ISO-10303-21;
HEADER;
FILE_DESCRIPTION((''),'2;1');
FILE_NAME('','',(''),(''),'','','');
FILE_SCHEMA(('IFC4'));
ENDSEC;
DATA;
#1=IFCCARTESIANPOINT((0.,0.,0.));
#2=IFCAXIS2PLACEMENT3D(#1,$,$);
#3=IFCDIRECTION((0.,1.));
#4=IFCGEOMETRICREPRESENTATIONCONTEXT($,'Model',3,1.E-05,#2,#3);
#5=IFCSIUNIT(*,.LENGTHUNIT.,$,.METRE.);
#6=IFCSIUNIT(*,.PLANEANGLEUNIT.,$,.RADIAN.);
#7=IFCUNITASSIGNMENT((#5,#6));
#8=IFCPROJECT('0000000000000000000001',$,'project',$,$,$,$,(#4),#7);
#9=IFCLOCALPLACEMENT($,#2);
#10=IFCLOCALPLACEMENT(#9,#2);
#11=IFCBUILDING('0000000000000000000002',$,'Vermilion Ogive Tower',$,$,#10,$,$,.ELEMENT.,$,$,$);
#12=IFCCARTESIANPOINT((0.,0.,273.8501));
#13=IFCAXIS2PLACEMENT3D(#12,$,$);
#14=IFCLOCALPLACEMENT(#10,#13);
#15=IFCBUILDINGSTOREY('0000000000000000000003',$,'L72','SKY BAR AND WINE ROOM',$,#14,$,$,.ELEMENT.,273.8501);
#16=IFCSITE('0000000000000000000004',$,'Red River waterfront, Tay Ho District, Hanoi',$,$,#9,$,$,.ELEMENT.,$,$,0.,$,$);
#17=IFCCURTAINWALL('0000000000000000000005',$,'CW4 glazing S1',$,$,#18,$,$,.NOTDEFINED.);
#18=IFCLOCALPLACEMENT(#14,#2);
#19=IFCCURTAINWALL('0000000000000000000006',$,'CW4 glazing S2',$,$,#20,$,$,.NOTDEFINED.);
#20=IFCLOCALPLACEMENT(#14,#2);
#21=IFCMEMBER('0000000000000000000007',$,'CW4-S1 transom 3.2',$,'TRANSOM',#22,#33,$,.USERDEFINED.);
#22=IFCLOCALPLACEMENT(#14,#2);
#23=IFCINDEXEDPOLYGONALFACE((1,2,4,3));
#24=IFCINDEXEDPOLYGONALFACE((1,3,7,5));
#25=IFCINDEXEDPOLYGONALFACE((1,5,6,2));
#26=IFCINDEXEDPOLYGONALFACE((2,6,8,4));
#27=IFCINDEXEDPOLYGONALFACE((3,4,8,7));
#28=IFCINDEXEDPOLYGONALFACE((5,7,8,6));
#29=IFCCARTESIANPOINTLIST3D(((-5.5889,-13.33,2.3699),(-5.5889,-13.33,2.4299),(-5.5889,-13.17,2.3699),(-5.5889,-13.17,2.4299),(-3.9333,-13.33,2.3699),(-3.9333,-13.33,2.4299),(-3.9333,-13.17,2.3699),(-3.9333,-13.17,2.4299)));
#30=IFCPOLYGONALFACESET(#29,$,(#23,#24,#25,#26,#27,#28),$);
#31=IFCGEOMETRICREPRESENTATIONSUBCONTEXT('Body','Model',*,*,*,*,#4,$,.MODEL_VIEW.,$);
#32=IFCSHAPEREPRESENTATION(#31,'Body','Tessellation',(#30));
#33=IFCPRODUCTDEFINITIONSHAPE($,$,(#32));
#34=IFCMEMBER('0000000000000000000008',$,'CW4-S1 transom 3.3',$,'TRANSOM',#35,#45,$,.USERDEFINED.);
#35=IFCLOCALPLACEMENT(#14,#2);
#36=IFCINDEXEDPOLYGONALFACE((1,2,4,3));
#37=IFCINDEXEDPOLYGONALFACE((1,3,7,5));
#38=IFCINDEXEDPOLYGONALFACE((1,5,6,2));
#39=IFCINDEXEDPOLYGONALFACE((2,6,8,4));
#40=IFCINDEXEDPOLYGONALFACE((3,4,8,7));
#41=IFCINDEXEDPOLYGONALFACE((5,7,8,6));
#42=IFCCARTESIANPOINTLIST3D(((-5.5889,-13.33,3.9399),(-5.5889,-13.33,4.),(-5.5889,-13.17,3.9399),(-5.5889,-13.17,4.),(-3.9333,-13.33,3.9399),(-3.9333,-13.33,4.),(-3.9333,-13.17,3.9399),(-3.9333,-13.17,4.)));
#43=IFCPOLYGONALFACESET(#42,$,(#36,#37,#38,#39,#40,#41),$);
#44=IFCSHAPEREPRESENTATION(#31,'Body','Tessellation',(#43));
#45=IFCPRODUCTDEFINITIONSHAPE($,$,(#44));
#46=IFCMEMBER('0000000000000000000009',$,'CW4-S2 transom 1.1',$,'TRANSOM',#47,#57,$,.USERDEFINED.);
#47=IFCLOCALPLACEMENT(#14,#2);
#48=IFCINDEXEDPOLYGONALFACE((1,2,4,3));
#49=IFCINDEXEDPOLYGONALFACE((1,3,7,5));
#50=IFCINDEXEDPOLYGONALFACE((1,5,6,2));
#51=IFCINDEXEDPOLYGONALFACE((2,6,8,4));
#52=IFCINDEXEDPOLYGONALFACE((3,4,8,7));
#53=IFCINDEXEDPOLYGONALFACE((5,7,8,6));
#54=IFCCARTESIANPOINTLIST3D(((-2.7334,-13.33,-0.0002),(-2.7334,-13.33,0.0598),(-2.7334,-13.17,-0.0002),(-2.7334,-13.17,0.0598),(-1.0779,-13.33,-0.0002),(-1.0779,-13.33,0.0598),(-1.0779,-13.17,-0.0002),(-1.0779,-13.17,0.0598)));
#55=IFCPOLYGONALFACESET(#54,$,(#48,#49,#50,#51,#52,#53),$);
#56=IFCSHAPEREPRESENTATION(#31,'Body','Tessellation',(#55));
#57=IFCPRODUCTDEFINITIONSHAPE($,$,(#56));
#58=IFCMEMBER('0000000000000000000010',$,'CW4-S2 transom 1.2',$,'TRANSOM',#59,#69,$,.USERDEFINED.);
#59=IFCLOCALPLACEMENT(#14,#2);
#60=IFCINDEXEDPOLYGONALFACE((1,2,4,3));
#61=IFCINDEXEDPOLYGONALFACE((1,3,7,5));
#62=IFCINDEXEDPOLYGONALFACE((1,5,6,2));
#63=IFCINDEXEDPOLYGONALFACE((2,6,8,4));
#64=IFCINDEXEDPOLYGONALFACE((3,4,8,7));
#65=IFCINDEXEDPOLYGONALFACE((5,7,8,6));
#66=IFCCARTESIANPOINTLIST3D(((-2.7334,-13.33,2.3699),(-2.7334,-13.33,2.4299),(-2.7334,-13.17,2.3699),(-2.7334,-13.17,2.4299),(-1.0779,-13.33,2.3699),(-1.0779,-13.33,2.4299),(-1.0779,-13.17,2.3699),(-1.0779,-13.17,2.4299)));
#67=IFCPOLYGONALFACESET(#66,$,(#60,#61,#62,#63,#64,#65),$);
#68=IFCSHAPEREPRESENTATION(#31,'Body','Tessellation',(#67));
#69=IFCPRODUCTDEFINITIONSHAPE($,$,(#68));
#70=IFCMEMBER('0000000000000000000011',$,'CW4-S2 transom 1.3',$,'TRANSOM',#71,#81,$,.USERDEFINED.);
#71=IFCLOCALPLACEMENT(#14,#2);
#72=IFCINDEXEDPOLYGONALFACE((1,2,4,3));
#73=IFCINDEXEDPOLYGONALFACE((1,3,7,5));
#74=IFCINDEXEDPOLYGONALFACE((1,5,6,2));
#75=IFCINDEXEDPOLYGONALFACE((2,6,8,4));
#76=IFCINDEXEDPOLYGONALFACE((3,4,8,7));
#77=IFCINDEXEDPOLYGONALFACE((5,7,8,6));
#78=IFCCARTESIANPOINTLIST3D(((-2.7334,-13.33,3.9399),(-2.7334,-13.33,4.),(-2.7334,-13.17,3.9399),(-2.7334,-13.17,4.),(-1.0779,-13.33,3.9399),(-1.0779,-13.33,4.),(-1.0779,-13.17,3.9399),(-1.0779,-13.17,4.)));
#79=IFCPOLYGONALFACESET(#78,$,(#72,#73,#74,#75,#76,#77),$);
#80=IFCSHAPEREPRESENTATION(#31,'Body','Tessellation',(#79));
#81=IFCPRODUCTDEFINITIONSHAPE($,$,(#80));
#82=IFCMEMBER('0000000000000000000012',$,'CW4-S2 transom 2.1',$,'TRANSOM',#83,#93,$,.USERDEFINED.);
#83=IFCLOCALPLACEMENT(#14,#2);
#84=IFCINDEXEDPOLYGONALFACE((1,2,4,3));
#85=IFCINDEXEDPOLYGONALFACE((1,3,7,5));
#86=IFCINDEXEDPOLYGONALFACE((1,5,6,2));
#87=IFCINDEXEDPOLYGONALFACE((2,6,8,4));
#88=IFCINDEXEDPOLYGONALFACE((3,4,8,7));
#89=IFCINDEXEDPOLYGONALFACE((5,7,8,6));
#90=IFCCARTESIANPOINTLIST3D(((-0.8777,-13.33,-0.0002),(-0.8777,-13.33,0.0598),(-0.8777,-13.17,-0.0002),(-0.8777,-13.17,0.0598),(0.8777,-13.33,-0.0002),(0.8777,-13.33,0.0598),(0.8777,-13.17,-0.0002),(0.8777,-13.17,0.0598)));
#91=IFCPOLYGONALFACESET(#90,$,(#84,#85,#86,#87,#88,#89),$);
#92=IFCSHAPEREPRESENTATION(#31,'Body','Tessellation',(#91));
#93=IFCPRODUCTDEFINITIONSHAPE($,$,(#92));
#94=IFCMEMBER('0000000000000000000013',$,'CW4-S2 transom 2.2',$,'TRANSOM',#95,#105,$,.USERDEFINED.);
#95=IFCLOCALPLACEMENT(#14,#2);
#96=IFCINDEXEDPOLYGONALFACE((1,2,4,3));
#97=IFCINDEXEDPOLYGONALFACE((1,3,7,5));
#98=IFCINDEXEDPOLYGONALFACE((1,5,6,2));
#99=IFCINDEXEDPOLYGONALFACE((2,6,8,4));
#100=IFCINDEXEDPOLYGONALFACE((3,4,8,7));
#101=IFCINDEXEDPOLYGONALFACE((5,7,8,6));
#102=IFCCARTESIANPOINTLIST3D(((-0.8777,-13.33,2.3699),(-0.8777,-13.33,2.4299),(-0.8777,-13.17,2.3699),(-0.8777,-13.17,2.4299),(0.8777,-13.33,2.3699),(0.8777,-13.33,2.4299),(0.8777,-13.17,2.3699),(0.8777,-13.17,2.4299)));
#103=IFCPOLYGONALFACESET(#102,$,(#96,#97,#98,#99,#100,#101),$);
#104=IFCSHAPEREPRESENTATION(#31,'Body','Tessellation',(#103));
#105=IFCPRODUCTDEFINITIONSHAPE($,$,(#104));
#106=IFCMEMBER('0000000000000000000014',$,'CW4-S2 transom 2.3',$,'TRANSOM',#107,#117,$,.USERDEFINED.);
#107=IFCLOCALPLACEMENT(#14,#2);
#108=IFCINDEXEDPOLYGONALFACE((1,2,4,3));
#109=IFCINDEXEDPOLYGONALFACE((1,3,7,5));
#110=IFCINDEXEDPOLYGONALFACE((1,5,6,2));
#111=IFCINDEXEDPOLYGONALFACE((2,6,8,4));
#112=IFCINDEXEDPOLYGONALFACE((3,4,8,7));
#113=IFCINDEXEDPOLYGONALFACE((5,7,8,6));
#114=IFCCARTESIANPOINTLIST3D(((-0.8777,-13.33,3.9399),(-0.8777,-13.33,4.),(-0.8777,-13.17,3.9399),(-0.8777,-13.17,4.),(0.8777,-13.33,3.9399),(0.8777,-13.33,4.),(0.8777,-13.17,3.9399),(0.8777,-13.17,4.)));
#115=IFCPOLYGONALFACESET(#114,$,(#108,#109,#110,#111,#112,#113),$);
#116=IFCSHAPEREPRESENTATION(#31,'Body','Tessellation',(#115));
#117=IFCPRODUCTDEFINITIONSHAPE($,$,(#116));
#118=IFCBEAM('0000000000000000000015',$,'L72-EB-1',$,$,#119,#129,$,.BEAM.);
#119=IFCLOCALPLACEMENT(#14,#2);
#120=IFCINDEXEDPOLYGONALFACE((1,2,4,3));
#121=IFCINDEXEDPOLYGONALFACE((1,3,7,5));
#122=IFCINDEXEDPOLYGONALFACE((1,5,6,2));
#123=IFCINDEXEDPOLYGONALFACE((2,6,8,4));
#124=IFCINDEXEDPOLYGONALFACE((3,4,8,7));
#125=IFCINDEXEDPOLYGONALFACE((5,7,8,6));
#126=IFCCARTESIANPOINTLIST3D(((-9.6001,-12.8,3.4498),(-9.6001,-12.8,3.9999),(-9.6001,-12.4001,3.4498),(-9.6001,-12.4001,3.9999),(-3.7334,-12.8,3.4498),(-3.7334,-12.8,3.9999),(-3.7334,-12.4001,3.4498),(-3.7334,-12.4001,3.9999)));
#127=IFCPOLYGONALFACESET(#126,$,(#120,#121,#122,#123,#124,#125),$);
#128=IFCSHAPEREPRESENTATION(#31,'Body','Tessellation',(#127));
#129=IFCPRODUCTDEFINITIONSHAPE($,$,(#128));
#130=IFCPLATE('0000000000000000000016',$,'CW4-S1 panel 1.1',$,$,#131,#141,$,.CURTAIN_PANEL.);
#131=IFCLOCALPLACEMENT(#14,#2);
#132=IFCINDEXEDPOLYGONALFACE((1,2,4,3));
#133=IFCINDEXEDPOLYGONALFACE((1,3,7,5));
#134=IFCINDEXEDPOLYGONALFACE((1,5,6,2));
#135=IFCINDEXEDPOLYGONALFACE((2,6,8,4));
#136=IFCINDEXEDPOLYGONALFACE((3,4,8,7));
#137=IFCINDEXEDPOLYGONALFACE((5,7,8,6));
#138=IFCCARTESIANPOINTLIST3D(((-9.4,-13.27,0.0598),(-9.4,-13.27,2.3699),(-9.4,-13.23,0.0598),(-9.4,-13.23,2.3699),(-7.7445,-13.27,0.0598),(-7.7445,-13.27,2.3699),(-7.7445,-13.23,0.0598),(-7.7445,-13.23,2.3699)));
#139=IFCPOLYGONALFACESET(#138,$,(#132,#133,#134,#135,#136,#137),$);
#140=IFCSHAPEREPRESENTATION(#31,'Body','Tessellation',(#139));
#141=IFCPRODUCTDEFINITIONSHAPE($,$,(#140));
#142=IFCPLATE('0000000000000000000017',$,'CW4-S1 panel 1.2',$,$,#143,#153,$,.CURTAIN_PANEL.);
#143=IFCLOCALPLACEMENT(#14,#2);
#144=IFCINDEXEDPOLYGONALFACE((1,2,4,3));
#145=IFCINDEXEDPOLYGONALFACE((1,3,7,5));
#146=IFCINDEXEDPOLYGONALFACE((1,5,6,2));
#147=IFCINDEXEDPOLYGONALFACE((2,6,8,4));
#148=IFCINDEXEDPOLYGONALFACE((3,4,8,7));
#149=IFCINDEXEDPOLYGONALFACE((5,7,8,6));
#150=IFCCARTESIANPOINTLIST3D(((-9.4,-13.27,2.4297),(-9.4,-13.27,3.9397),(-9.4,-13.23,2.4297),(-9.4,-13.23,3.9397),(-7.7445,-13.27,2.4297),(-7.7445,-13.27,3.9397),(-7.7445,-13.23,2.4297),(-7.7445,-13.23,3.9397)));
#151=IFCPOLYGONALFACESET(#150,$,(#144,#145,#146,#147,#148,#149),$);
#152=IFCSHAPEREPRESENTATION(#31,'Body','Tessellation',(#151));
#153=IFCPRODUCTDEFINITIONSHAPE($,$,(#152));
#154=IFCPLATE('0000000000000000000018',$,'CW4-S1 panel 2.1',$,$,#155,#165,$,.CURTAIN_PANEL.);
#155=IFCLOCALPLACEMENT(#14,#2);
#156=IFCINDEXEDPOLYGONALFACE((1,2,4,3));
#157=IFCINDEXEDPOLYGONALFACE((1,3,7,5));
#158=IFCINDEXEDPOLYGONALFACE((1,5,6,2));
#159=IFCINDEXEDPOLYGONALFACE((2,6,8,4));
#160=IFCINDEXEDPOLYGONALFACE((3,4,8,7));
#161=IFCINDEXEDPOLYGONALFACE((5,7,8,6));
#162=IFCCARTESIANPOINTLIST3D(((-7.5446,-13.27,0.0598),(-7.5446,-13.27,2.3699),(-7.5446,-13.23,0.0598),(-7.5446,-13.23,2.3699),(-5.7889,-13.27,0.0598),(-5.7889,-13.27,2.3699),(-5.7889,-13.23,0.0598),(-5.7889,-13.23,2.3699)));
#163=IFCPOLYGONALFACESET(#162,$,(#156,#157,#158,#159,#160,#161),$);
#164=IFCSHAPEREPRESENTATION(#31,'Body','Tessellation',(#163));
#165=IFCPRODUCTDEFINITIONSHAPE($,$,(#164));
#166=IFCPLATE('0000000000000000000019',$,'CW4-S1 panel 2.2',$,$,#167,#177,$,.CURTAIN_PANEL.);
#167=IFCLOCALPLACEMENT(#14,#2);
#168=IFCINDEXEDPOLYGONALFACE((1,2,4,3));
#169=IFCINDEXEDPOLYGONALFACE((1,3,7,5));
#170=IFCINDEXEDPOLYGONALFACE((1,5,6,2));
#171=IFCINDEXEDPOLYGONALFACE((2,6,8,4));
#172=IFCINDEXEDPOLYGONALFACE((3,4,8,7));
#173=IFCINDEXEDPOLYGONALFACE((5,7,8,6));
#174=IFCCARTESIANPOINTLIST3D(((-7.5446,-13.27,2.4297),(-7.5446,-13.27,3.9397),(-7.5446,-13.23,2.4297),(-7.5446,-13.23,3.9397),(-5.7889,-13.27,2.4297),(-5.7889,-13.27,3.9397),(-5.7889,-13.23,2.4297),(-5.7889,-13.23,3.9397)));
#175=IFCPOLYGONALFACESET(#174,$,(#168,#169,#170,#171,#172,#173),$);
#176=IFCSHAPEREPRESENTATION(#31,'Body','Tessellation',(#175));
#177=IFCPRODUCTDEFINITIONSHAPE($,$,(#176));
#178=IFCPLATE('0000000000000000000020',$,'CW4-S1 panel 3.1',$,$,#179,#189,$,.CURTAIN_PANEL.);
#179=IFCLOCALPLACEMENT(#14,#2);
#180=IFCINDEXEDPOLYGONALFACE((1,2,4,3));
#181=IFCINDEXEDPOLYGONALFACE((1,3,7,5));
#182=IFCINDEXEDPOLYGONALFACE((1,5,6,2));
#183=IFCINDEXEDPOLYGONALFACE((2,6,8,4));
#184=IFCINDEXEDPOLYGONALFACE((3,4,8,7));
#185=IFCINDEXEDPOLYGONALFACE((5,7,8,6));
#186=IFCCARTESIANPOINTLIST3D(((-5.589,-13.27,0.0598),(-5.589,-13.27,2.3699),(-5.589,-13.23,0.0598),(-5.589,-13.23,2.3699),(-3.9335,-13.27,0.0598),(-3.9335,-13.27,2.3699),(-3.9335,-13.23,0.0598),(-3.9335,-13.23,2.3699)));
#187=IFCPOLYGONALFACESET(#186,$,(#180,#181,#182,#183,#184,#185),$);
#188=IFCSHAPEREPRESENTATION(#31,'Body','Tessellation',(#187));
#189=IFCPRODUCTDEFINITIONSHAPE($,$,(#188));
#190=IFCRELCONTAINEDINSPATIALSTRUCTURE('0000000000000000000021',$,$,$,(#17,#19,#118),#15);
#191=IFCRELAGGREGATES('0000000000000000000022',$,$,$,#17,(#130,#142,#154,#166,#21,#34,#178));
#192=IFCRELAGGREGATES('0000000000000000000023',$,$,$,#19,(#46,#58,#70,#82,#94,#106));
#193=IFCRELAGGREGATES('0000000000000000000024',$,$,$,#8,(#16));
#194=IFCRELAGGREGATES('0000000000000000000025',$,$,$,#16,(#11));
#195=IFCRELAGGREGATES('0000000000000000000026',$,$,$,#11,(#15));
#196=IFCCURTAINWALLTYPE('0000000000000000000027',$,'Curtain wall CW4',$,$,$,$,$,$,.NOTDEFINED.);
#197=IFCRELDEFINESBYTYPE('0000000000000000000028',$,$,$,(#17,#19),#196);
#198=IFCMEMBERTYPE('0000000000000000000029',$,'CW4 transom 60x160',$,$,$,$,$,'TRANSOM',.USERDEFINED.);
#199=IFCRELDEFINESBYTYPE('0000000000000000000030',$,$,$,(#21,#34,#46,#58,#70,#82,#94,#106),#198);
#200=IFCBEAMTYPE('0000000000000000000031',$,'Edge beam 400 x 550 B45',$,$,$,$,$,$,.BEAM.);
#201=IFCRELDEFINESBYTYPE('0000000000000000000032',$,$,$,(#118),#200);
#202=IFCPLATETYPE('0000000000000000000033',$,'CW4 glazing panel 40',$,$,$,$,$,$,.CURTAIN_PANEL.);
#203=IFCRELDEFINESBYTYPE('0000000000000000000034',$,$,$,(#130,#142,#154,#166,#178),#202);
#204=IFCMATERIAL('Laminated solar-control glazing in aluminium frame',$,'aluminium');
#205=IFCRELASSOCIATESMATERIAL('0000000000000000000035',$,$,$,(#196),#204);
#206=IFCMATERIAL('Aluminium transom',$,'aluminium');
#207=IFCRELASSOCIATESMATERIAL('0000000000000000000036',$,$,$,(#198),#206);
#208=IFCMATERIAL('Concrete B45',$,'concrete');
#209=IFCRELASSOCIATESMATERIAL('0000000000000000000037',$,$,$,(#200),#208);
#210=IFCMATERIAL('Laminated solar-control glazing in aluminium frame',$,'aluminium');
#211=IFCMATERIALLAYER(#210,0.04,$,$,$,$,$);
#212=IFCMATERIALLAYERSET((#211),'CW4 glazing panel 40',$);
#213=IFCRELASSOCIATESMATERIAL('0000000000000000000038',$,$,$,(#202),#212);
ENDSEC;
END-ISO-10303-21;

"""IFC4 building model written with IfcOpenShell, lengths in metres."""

from ifc_helpers import new_model, si_unit, direction, frame, origin, origin_2d, place, context, subcontext, project, spatial, rectangle, extrude, material, layer, layer_set, material_profile, profile_set, type_object, element, aggregate, save


model = new_model("IFC4")

# Units and contexts
model_context = context("Model", 3, precision=1e-05, world=origin(), true_north=direction((0.0, 1.0)))
body_context = subcontext(model_context, "Body", "Model", "MODEL_VIEW")
ifc_project = project(units=[si_unit("LENGTHUNIT", "METRE"), si_unit("PLANEANGLEUNIT", "RADIAN")], contexts=[model_context])

# Site, building, storey
site_placement = place(None, origin())
site = spatial("IfcSite", under=ifc_project, at=site_placement, Name="Red River waterfront, Tay Ho District, Hanoi", CompositionType="ELEMENT", RefElevation=0.0)
building_placement = place(site_placement, origin())
building = spatial("IfcBuilding", under=site, at=building_placement, Name="Vermilion Ogive Tower", CompositionType="ELEMENT")
storey_placement = place(building_placement, frame((0.0, 0.0, 273.8501)))
storey = spatial("IfcBuildingStorey", under=building, at=storey_placement, Name="L72", Description="SKY BAR AND WINE ROOM", CompositionType="ELEMENT", Elevation=273.8501)

# Curtain walls
ifc_material_1 = material(Name="Laminated solar-control glazing in aluminium frame", Category="aluminium")
curtain_wall_type = type_object("IfcCurtainWallType", Name="Curtain wall CW4", PredefinedType="NOTDEFINED", material=ifc_material_1)
curtain_wall_1_placement = place(storey_placement, origin())
curtain_wall_1 = element("IfcCurtainWall", 1, at=curtain_wall_1_placement, inside=storey, type_object=curtain_wall_type, Name="CW4 glazing S1", PredefinedType="NOTDEFINED")
curtain_wall_2_placement = place(storey_placement, origin())
curtain_wall_2 = element("IfcCurtainWall", 2, at=curtain_wall_2_placement, inside=storey, type_object=curtain_wall_type, Name="CW4 glazing S2", PredefinedType="NOTDEFINED")

# Members
ifc_material_2 = material(Name="Aluminium transom", Category="aluminium")
ifc_material_profile_1 = material_profile(ifc_material_2, rectangle(XDim=0.1599, YDim=0.0601, at=origin_2d()), Name="AL 60x160")
ifc_profile_set_1 = profile_set([ifc_material_profile_1], Name="Aluminium transom")
member_type_1 = type_object("IfcMemberType", Name="CW4 transom 60x160", ElementType="TRANSOM", PredefinedType="USERDEFINED", material=ifc_profile_set_1)
member_1_placement = place(storey_placement, frame((-5.5889, -13.25, 2.3999), z_axis=(1.0, 0.0, 0.0), x_axis=(0.0, 1.0, 0.0)))
member_1 = element("IfcMember", 3, at=member_1_placement, type_object=member_type_1, Name="CW4-S1 transom 3.2", ObjectType="TRANSOM", PredefinedType="USERDEFINED", context=body_context, shape_type="SweptSolid", body=[
    extrude(rectangle(XDim=0.1599, YDim=0.0601, at=origin_2d()), origin(), (0.0, 0.0, 1.0), 1.6555),
])
member_2_placement = place(storey_placement, frame((-5.5889, -13.25, 3.97), z_axis=(1.0, 0.0, 0.0), x_axis=(0.0, 1.0, 0.0)))
member_2 = element("IfcMember", 4, at=member_2_placement, type_object=member_type_1, Name="CW4-S1 transom 3.3", ObjectType="TRANSOM", PredefinedType="USERDEFINED", context=body_context, shape_type="SweptSolid", body=[
    extrude(rectangle(XDim=0.1599, YDim=0.0601, at=origin_2d()), origin(), (0.0, 0.0, 1.0), 1.6555),
])
member_3_placement = place(storey_placement, frame((-2.7334, -13.25, 0.0298), z_axis=(1.0, 0.0, 0.0), x_axis=(0.0, 1.0, 0.0)))
member_3 = element("IfcMember", 5, at=member_3_placement, type_object=member_type_1, Name="CW4-S2 transom 1.1", ObjectType="TRANSOM", PredefinedType="USERDEFINED", context=body_context, shape_type="SweptSolid", body=[
    extrude(rectangle(XDim=0.1599, YDim=0.0601, at=origin_2d()), origin(), (0.0, 0.0, 1.0), 1.6555),
])
member_4_placement = place(storey_placement, frame((-2.7334, -13.25, 2.3999), z_axis=(1.0, 0.0, 0.0), x_axis=(0.0, 1.0, 0.0)))
member_4 = element("IfcMember", 6, at=member_4_placement, type_object=member_type_1, Name="CW4-S2 transom 1.2", ObjectType="TRANSOM", PredefinedType="USERDEFINED", context=body_context, shape_type="SweptSolid", body=[
    extrude(rectangle(XDim=0.1599, YDim=0.0601, at=origin_2d()), origin(), (0.0, 0.0, 1.0), 1.6555),
])
member_5_placement = place(storey_placement, frame((-2.7334, -13.25, 3.97), z_axis=(1.0, 0.0, 0.0), x_axis=(0.0, 1.0, 0.0)))
member_5 = element("IfcMember", 7, at=member_5_placement, type_object=member_type_1, Name="CW4-S2 transom 1.3", ObjectType="TRANSOM", PredefinedType="USERDEFINED", context=body_context, shape_type="SweptSolid", body=[
    extrude(rectangle(XDim=0.1599, YDim=0.0601, at=origin_2d()), origin(), (0.0, 0.0, 1.0), 1.6555),
])
member_6_placement = place(storey_placement, frame((-0.8777, -13.25, 0.0298), z_axis=(1.0, 0.0, 0.0), x_axis=(0.0, 1.0, 0.0)))
member_6 = element("IfcMember", 8, at=member_6_placement, type_object=member_type_1, Name="CW4-S2 transom 2.1", ObjectType="TRANSOM", PredefinedType="USERDEFINED", context=body_context, shape_type="SweptSolid", body=[
    extrude(rectangle(XDim=0.1599, YDim=0.0601, at=origin_2d()), origin(), (0.0, 0.0, 1.0), 1.7554),
])
member_7_placement = place(storey_placement, frame((-0.8777, -13.25, 2.3999), z_axis=(1.0, 0.0, 0.0), x_axis=(0.0, 1.0, 0.0)))
member_7 = element("IfcMember", 9, at=member_7_placement, type_object=member_type_1, Name="CW4-S2 transom 2.2", ObjectType="TRANSOM", PredefinedType="USERDEFINED", context=body_context, shape_type="SweptSolid", body=[
    extrude(rectangle(XDim=0.1599, YDim=0.0601, at=origin_2d()), origin(), (0.0, 0.0, 1.0), 1.7554),
])
member_8_placement = place(storey_placement, frame((-0.8777, -13.25, 3.97), z_axis=(1.0, 0.0, 0.0), x_axis=(0.0, 1.0, 0.0)))
member_8 = element("IfcMember", 10, at=member_8_placement, type_object=member_type_1, Name="CW4-S2 transom 2.3", ObjectType="TRANSOM", PredefinedType="USERDEFINED", context=body_context, shape_type="SweptSolid", body=[
    extrude(rectangle(XDim=0.1599, YDim=0.0601, at=origin_2d()), origin(), (0.0, 0.0, 1.0), 1.7554),
])

# Beam
ifc_material_3 = material(Name="Concrete B45", Category="concrete")
ifc_material_profile_2 = material_profile(ifc_material_3, rectangle(XDim=0.3999, YDim=0.55, at=origin_2d()), Name="400 x 550")
ifc_profile_set_2 = profile_set([ifc_material_profile_2], Name="Concrete B45")
beam_type = type_object("IfcBeamType", Name="Edge beam 400 x 550 B45", PredefinedType="BEAM", material=ifc_profile_set_2)
beam_placement = place(storey_placement, frame((-9.6001, -12.6001, 3.7249), z_axis=(1.0, 0.0, 0.0), x_axis=(0.0, 1.0, 0.0)))
element("IfcBeam", 11, at=beam_placement, inside=storey, type_object=beam_type, Name="L72-EB-1", PredefinedType="BEAM", context=body_context, shape_type="SweptSolid", body=[
    extrude(rectangle(XDim=0.3999, YDim=0.55, at=origin_2d()), origin(), (0.0, 0.0, 1.0), 5.8667),
])

# Plates
ifc_material_4 = material(Name="Laminated solar-control glazing in aluminium frame", Category="aluminium")
ifc_layer = layer(ifc_material_4, 0.04)
ifc_layer_set = layer_set([ifc_layer], Name="CW4 glazing panel 40")
plate_type = type_object("IfcPlateType", Name="CW4 glazing panel 40", PredefinedType="CURTAIN_PANEL", material=ifc_layer_set)
plate_1_placement = place(storey_placement, frame((-8.5723, -13.25, 0.0598), z_axis=(0.0, 0.0, 1.0), x_axis=(1.0, 0.0, 0.0)))
plate_1 = element("IfcPlate", 12, at=plate_1_placement, type_object=plate_type, Name="CW4-S1 panel 1.1", PredefinedType="CURTAIN_PANEL", context=body_context, shape_type="SweptSolid", body=[
    extrude(rectangle(XDim=1.6555, YDim=0.04, at=origin_2d()), origin(), (0.0, 0.0, 1.0), 2.3101),
])
plate_2_placement = place(storey_placement, frame((-8.5723, -13.25, 2.4297), z_axis=(0.0, 0.0, 1.0), x_axis=(1.0, 0.0, 0.0)))
plate_2 = element("IfcPlate", 13, at=plate_2_placement, type_object=plate_type, Name="CW4-S1 panel 1.2", PredefinedType="CURTAIN_PANEL", context=body_context, shape_type="SweptSolid", body=[
    extrude(rectangle(XDim=1.6555, YDim=0.04, at=origin_2d()), origin(), (0.0, 0.0, 1.0), 1.51),
])
plate_3_placement = place(storey_placement, frame((-6.6667, -13.25, 0.0598), z_axis=(0.0, 0.0, 1.0), x_axis=(1.0, 0.0, 0.0)))
plate_3 = element("IfcPlate", 14, at=plate_3_placement, type_object=plate_type, Name="CW4-S1 panel 2.1", PredefinedType="CURTAIN_PANEL", context=body_context, shape_type="SweptSolid", body=[
    extrude(rectangle(XDim=1.7556, YDim=0.04, at=origin_2d()), origin(), (0.0, 0.0, 1.0), 2.3101),
])
plate_4_placement = place(storey_placement, frame((-6.6667, -13.25, 2.4297), z_axis=(0.0, 0.0, 1.0), x_axis=(1.0, 0.0, 0.0)))
plate_4 = element("IfcPlate", 15, at=plate_4_placement, type_object=plate_type, Name="CW4-S1 panel 2.2", PredefinedType="CURTAIN_PANEL", context=body_context, shape_type="SweptSolid", body=[
    extrude(rectangle(XDim=1.7556, YDim=0.04, at=origin_2d()), origin(), (0.0, 0.0, 1.0), 1.51),
])
plate_5_placement = place(storey_placement, frame((-4.7612, -13.25, 0.0598), z_axis=(0.0, 0.0, 1.0), x_axis=(1.0, 0.0, 0.0)))
plate_5 = element("IfcPlate", 16, at=plate_5_placement, type_object=plate_type, Name="CW4-S1 panel 3.1", PredefinedType="CURTAIN_PANEL", context=body_context, shape_type="SweptSolid", body=[
    extrude(rectangle(XDim=1.6555, YDim=0.04, at=origin_2d()), origin(), (0.0, 0.0, 1.0), 2.3101),
])
aggregate(curtain_wall_1, [plate_1, plate_2, plate_3, plate_4, member_1, member_2, plate_5])
aggregate(curtain_wall_2, [member_3, member_4, member_5, member_6, member_7, member_8])

save(model, "model.ifc")
